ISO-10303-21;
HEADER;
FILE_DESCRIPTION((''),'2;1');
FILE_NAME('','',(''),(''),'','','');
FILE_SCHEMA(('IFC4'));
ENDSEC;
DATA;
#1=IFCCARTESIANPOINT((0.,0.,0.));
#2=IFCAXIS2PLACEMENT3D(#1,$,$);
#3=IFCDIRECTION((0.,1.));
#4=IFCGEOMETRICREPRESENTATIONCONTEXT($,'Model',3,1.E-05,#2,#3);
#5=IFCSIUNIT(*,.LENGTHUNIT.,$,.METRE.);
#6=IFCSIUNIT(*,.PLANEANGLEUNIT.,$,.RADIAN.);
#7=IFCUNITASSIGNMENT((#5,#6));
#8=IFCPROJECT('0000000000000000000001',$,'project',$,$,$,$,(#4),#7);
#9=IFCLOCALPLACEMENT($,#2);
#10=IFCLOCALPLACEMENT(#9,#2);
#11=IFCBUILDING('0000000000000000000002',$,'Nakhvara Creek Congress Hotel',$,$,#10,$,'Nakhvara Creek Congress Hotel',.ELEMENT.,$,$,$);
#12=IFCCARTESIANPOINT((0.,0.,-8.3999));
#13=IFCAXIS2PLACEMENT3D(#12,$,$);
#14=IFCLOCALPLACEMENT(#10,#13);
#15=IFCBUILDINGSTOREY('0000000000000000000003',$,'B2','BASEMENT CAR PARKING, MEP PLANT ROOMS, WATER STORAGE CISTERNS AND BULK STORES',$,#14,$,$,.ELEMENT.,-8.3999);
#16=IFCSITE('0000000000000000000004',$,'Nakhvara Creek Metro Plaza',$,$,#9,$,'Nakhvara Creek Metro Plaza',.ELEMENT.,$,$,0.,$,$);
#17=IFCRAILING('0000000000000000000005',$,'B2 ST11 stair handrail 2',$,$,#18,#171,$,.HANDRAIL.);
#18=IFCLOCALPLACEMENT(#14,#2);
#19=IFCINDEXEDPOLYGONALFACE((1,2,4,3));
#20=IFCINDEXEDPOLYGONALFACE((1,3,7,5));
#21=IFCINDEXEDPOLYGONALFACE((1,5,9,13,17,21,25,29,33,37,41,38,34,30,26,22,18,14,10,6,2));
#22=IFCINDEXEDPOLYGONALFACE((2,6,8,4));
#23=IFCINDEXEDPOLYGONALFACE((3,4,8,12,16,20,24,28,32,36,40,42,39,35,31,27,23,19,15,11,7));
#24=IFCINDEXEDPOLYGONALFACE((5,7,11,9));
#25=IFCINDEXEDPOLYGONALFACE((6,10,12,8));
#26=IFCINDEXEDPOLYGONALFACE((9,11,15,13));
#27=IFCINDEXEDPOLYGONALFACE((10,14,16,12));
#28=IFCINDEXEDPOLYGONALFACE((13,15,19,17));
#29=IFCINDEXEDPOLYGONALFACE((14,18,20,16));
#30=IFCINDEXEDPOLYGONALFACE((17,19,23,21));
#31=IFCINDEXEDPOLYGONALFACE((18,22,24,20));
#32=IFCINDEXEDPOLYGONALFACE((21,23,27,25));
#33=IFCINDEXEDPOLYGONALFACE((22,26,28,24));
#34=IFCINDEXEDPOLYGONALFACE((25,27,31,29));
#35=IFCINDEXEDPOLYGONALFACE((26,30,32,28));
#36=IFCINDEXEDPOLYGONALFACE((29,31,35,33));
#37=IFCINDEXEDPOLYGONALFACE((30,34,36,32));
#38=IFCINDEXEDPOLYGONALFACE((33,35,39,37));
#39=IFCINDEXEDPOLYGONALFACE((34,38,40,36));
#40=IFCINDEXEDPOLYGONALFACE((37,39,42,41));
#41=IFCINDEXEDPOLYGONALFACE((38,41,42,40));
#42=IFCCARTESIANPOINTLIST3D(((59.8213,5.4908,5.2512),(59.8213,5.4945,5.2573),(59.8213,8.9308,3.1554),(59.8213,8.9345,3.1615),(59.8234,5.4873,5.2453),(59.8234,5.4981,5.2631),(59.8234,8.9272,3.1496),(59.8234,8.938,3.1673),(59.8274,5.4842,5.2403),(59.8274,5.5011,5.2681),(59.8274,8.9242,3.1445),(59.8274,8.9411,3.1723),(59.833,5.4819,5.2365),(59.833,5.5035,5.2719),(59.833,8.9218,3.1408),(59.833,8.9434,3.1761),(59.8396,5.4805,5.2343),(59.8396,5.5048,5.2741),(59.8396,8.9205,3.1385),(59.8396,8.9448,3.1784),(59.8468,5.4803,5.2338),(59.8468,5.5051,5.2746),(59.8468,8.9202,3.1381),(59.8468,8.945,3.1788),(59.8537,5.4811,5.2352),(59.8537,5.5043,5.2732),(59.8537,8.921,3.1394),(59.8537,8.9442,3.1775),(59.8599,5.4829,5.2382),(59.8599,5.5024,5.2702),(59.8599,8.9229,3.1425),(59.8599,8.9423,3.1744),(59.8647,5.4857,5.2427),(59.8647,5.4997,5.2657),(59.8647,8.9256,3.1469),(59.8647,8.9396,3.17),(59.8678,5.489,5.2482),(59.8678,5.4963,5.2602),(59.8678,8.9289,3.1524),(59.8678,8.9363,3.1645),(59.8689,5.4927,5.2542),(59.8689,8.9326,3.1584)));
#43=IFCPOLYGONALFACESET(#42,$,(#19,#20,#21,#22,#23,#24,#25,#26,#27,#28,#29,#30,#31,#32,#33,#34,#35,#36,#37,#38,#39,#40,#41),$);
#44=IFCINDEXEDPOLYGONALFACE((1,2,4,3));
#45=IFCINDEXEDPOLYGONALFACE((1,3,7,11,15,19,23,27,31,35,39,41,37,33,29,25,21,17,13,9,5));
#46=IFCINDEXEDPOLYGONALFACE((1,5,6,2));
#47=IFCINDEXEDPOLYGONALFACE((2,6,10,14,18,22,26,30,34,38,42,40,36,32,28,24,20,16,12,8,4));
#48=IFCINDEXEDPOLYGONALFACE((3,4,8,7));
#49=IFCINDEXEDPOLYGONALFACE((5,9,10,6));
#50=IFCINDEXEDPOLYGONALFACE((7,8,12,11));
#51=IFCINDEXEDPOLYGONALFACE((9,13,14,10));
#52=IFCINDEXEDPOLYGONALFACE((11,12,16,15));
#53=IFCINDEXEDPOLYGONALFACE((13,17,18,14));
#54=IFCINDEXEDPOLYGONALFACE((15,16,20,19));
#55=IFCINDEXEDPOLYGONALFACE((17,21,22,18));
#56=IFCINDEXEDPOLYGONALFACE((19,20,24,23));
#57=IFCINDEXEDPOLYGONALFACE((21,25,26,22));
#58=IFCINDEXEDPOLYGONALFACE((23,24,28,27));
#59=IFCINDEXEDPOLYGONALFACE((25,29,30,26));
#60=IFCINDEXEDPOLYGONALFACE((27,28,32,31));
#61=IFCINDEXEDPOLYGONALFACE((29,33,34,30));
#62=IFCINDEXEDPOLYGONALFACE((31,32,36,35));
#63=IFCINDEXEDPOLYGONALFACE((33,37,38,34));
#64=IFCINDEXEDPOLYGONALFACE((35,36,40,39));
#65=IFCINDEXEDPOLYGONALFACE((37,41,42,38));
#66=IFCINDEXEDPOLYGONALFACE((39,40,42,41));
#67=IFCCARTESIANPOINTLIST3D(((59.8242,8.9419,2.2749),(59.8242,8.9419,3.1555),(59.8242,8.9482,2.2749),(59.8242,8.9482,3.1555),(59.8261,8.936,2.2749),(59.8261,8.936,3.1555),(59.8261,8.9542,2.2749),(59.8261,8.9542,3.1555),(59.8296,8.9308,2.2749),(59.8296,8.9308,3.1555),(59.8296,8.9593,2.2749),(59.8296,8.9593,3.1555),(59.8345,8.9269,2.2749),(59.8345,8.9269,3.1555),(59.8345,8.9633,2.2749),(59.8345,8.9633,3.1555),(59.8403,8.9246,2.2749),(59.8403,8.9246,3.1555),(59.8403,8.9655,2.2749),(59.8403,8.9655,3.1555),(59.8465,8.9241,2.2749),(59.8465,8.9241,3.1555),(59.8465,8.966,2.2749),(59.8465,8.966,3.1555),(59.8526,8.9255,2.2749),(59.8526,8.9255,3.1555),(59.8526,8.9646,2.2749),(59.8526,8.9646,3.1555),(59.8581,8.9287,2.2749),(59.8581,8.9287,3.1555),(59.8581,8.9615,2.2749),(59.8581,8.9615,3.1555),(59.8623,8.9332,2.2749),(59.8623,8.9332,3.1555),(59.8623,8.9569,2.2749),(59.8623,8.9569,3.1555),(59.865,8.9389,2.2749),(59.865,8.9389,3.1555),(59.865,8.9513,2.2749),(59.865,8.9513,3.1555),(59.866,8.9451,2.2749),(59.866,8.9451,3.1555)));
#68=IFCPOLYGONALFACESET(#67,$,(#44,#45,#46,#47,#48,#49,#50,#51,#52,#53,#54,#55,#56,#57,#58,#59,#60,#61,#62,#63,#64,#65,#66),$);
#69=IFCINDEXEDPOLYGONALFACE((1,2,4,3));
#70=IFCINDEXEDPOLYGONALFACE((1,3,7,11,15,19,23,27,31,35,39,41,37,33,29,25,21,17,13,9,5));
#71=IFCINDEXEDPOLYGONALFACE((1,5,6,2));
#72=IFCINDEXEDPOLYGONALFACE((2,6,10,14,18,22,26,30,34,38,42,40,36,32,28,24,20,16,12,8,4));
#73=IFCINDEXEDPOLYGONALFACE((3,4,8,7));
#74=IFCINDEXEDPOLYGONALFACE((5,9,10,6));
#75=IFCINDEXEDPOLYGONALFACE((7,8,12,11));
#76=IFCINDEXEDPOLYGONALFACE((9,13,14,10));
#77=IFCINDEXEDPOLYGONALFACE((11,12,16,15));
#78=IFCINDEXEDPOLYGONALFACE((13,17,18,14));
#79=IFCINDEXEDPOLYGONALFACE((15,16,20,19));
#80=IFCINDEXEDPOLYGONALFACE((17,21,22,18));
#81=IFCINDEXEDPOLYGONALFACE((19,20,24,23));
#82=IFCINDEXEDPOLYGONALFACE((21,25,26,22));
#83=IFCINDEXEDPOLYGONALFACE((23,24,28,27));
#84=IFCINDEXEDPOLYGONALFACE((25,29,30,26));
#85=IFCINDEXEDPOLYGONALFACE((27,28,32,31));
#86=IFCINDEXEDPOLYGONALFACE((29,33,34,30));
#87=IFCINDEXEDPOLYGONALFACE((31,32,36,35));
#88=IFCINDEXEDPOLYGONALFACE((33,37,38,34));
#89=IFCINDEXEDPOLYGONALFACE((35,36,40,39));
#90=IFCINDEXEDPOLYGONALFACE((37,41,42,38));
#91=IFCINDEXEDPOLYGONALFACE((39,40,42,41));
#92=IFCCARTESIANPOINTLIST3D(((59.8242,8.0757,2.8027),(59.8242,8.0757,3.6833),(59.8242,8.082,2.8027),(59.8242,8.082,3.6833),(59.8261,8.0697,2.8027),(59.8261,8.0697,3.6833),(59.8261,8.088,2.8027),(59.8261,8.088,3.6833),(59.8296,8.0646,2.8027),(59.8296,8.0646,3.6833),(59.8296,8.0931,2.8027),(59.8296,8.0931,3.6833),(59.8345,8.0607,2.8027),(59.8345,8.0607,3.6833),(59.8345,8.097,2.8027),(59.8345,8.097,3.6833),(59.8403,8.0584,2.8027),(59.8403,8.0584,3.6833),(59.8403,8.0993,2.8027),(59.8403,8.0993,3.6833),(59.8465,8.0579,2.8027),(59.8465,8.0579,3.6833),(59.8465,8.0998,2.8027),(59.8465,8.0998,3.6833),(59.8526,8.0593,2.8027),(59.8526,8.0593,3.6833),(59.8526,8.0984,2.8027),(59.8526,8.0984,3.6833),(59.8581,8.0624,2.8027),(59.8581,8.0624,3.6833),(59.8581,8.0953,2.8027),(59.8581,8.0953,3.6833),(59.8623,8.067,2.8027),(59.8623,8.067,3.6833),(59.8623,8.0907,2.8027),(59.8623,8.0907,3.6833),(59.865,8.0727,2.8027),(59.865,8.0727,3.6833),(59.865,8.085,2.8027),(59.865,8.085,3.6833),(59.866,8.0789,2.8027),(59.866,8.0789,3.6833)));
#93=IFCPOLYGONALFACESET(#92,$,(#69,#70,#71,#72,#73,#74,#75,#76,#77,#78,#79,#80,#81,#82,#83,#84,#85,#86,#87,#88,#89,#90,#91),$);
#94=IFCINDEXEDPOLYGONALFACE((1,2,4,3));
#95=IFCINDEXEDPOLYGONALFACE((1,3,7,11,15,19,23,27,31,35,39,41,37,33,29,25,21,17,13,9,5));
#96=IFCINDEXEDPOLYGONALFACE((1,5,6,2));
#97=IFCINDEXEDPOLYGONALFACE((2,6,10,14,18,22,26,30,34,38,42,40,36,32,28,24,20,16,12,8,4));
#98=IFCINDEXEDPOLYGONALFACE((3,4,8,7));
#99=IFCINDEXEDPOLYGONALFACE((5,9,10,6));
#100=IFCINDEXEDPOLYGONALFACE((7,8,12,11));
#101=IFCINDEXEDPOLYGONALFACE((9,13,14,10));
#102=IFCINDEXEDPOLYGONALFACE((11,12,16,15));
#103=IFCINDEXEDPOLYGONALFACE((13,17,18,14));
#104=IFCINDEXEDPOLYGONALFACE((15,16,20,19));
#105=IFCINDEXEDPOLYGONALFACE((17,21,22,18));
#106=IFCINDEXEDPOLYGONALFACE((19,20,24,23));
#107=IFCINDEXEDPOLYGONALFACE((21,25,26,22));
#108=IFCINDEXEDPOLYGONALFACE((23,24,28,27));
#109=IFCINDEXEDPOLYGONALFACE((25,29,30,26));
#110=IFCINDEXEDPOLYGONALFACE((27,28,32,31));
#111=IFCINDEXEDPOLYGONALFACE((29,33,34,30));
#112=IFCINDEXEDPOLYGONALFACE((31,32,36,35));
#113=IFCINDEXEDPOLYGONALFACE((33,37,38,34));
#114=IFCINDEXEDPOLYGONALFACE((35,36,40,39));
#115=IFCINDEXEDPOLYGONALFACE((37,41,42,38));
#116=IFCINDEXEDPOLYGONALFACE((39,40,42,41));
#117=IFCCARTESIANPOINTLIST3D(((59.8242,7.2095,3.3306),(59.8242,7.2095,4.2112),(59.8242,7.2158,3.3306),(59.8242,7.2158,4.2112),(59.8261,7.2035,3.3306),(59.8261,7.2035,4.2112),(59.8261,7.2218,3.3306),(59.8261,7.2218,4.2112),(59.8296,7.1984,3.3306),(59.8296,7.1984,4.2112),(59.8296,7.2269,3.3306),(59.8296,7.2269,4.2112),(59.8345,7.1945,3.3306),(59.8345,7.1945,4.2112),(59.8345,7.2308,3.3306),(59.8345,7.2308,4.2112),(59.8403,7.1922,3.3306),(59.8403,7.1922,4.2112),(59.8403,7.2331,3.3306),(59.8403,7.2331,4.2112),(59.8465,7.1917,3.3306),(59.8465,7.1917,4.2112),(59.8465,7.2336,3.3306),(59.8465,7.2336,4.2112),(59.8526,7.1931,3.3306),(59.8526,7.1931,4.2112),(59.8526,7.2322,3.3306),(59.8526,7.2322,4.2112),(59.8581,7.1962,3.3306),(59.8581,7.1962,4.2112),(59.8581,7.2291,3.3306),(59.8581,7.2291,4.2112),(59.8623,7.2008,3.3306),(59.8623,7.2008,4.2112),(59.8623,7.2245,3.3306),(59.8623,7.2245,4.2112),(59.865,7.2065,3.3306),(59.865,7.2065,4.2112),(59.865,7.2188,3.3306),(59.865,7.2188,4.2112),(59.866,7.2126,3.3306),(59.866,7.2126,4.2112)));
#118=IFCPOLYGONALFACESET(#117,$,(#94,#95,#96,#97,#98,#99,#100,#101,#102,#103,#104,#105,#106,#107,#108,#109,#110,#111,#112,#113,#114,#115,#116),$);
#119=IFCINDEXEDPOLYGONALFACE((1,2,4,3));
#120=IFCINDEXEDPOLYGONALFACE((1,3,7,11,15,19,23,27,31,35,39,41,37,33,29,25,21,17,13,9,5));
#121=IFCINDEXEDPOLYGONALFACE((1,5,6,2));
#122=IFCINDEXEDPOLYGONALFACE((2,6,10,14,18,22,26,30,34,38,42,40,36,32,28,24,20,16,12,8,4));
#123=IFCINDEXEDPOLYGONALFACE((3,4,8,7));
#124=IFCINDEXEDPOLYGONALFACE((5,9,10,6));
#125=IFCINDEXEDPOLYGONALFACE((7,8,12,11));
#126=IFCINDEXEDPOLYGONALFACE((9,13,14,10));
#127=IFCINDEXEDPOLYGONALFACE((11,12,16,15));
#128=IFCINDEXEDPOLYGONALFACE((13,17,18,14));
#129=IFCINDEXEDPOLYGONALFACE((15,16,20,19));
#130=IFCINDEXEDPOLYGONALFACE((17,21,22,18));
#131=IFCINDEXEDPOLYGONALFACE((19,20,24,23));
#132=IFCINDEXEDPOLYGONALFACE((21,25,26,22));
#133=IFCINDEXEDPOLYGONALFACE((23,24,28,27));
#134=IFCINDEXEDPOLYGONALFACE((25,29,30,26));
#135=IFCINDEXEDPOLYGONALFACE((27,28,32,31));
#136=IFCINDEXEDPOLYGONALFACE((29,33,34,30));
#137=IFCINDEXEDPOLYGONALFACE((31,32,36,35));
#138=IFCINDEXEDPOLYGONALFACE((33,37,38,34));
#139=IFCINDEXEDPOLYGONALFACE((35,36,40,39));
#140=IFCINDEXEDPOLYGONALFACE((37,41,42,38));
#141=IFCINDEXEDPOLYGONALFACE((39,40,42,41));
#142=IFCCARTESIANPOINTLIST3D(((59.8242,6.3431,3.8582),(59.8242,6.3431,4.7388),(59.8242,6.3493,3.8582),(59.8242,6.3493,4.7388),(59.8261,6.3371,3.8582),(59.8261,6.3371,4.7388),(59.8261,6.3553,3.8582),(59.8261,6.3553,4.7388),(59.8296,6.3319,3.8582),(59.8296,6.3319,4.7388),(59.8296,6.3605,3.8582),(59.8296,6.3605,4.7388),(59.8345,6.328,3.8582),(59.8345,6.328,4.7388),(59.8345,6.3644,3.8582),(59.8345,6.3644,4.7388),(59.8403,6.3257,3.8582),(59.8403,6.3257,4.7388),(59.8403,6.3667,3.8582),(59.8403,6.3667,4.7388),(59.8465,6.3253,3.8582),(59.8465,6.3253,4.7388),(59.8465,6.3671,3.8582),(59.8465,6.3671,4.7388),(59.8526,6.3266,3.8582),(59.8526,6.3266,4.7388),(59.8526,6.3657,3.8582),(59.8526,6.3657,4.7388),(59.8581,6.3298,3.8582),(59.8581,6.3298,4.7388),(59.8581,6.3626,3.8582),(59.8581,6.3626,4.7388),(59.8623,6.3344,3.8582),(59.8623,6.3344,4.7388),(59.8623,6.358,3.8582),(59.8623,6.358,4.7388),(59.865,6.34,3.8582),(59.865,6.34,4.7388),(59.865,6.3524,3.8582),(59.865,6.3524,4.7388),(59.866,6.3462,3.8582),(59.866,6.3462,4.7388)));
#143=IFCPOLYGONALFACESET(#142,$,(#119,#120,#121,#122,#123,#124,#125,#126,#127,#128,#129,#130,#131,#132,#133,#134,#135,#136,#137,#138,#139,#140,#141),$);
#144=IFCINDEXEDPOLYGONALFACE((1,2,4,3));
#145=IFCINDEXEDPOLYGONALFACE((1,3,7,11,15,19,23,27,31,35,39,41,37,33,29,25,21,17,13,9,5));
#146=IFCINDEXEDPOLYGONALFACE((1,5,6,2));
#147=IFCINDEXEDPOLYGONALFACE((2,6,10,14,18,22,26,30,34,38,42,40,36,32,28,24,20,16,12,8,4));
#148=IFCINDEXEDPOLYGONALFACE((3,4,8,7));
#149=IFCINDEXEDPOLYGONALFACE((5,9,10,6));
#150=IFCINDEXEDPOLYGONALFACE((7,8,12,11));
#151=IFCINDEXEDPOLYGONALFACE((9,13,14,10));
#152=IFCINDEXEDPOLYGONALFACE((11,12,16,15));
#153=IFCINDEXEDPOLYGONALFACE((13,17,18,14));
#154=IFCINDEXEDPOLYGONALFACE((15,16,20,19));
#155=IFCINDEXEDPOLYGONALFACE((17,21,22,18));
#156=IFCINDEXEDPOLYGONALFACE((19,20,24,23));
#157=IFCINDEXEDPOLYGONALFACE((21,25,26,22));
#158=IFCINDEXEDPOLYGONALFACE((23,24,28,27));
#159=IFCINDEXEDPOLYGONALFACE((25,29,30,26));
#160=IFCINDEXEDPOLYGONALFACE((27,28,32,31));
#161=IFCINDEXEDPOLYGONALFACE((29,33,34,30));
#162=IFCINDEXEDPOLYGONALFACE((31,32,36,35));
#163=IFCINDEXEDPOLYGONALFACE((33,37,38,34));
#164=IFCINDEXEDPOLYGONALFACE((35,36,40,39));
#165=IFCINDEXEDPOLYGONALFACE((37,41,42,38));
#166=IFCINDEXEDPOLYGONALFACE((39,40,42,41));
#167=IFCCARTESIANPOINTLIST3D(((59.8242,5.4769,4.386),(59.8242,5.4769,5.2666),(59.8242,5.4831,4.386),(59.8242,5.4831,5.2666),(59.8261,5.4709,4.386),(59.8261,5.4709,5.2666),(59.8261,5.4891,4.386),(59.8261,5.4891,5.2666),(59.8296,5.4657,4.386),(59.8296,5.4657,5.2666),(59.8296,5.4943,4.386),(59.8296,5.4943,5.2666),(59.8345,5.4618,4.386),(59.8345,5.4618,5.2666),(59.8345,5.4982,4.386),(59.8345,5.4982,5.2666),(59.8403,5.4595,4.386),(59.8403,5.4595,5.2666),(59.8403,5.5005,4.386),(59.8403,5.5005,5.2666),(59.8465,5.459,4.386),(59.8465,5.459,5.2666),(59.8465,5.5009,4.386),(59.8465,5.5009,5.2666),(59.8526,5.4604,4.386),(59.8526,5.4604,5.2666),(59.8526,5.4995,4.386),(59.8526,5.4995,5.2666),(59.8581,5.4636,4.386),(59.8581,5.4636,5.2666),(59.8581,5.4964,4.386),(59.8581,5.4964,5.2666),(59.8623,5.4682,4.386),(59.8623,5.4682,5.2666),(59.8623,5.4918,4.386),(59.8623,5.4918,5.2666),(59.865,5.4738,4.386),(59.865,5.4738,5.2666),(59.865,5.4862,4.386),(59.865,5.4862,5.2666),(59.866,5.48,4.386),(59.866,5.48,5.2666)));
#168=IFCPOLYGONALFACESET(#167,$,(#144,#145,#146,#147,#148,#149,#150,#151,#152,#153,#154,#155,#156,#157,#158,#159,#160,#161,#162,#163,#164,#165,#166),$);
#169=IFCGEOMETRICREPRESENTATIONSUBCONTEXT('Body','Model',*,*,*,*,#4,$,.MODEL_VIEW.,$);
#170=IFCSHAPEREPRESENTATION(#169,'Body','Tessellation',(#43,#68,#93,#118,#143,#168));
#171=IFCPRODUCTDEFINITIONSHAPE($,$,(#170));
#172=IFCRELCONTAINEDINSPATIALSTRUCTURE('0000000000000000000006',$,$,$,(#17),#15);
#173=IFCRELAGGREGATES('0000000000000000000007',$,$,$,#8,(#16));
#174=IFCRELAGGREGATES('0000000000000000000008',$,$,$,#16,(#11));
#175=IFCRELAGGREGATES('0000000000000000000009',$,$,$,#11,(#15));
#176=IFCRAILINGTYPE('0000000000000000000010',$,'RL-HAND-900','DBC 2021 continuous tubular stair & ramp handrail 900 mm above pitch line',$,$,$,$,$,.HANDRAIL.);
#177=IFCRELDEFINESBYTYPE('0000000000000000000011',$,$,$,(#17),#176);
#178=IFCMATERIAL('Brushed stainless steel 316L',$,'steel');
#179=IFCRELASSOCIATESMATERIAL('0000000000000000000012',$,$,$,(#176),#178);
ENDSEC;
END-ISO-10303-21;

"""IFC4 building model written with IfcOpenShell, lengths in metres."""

from ifc_helpers import new_model, si_unit, direction, frame, origin, origin_2d, place, context, subcontext, project, spatial, circle, extrude, material, type_object, element, save


model = new_model("IFC4")

# Units and contexts
model_context = context("Model", 3, precision=1e-05, world=origin(), true_north=direction((0.0, 1.0)))
body_context = subcontext(model_context, "Body", "Model", "MODEL_VIEW")
ifc_project = project(units=[si_unit("LENGTHUNIT", "METRE"), si_unit("PLANEANGLEUNIT", "RADIAN")], contexts=[model_context])

# Site, building, storey
site_placement = place(None, origin())
site = spatial("IfcSite", under=ifc_project, at=site_placement, Name="Nakhvara Creek Metro Plaza", LongName="Nakhvara Creek Metro Plaza", CompositionType="ELEMENT", RefElevation=0.0)
building_placement = place(site_placement, origin())
building = spatial("IfcBuilding", under=site, at=building_placement, Name="Nakhvara Creek Congress Hotel", LongName="Nakhvara Creek Congress Hotel", CompositionType="ELEMENT")
storey_placement = place(building_placement, frame((0.0, 0.0, -8.3999)))
storey = spatial("IfcBuildingStorey", under=building, at=storey_placement, Name="B2", Description="BASEMENT CAR PARKING, MEP PLANT ROOMS, WATER STORAGE CISTERNS AND BULK STORES", CompositionType="ELEMENT", Elevation=-8.3999)

# Railing
ifc_material_1 = material(Name="Brushed stainless steel 316L", Category="steel")
railing_type_1 = type_object("IfcRailingType", Name="RL-HAND-900", Description="DBC 2021 continuous tubular stair & ramp handrail 900 mm above pitch line", PredefinedType="HANDRAIL", material=ifc_material_1)
railing_1_placement = place(storey_placement, frame((59.845, 8.9451, 2.2749)))
element("IfcRailing", 1, at=railing_1_placement, inside=storey, type_object=railing_type_1, Name="B2 ST11 stair handrail 2", PredefinedType="HANDRAIL", context=body_context, shape_type="SweptSolid", body=[
    extrude(circle(Radius=0.0239, at=origin_2d()), frame((0.0, -0.0125, 0.8835), z_axis=(0.0, -0.853991, 0.520289), x_axis=(1.0, 0.0, 0.0)), (0.0, 0.0, 1.0), 4.0281),
    extrude(circle(Radius=0.021, at=origin_2d()), origin(), (0.0, 0.0, 1.0), 0.8806),
    extrude(circle(Radius=0.021, at=origin_2d()), frame((0.0, -0.8662, 0.5278)), (0.0, 0.0, 1.0), 0.8806),
    extrude(circle(Radius=0.021, at=origin_2d()), frame((0.0, -1.7324, 1.0557)), (0.0, 0.0, 1.0), 0.8806),
    extrude(circle(Radius=0.021, at=origin_2d()), frame((0.0, -2.5989, 1.5833)), (0.0, 0.0, 1.0), 0.8806),
    extrude(circle(Radius=0.021, at=origin_2d()), frame((0.0, -3.4651, 2.1111)), (0.0, 0.0, 1.0), 0.8806),
])

save(model, "model.ifc")
